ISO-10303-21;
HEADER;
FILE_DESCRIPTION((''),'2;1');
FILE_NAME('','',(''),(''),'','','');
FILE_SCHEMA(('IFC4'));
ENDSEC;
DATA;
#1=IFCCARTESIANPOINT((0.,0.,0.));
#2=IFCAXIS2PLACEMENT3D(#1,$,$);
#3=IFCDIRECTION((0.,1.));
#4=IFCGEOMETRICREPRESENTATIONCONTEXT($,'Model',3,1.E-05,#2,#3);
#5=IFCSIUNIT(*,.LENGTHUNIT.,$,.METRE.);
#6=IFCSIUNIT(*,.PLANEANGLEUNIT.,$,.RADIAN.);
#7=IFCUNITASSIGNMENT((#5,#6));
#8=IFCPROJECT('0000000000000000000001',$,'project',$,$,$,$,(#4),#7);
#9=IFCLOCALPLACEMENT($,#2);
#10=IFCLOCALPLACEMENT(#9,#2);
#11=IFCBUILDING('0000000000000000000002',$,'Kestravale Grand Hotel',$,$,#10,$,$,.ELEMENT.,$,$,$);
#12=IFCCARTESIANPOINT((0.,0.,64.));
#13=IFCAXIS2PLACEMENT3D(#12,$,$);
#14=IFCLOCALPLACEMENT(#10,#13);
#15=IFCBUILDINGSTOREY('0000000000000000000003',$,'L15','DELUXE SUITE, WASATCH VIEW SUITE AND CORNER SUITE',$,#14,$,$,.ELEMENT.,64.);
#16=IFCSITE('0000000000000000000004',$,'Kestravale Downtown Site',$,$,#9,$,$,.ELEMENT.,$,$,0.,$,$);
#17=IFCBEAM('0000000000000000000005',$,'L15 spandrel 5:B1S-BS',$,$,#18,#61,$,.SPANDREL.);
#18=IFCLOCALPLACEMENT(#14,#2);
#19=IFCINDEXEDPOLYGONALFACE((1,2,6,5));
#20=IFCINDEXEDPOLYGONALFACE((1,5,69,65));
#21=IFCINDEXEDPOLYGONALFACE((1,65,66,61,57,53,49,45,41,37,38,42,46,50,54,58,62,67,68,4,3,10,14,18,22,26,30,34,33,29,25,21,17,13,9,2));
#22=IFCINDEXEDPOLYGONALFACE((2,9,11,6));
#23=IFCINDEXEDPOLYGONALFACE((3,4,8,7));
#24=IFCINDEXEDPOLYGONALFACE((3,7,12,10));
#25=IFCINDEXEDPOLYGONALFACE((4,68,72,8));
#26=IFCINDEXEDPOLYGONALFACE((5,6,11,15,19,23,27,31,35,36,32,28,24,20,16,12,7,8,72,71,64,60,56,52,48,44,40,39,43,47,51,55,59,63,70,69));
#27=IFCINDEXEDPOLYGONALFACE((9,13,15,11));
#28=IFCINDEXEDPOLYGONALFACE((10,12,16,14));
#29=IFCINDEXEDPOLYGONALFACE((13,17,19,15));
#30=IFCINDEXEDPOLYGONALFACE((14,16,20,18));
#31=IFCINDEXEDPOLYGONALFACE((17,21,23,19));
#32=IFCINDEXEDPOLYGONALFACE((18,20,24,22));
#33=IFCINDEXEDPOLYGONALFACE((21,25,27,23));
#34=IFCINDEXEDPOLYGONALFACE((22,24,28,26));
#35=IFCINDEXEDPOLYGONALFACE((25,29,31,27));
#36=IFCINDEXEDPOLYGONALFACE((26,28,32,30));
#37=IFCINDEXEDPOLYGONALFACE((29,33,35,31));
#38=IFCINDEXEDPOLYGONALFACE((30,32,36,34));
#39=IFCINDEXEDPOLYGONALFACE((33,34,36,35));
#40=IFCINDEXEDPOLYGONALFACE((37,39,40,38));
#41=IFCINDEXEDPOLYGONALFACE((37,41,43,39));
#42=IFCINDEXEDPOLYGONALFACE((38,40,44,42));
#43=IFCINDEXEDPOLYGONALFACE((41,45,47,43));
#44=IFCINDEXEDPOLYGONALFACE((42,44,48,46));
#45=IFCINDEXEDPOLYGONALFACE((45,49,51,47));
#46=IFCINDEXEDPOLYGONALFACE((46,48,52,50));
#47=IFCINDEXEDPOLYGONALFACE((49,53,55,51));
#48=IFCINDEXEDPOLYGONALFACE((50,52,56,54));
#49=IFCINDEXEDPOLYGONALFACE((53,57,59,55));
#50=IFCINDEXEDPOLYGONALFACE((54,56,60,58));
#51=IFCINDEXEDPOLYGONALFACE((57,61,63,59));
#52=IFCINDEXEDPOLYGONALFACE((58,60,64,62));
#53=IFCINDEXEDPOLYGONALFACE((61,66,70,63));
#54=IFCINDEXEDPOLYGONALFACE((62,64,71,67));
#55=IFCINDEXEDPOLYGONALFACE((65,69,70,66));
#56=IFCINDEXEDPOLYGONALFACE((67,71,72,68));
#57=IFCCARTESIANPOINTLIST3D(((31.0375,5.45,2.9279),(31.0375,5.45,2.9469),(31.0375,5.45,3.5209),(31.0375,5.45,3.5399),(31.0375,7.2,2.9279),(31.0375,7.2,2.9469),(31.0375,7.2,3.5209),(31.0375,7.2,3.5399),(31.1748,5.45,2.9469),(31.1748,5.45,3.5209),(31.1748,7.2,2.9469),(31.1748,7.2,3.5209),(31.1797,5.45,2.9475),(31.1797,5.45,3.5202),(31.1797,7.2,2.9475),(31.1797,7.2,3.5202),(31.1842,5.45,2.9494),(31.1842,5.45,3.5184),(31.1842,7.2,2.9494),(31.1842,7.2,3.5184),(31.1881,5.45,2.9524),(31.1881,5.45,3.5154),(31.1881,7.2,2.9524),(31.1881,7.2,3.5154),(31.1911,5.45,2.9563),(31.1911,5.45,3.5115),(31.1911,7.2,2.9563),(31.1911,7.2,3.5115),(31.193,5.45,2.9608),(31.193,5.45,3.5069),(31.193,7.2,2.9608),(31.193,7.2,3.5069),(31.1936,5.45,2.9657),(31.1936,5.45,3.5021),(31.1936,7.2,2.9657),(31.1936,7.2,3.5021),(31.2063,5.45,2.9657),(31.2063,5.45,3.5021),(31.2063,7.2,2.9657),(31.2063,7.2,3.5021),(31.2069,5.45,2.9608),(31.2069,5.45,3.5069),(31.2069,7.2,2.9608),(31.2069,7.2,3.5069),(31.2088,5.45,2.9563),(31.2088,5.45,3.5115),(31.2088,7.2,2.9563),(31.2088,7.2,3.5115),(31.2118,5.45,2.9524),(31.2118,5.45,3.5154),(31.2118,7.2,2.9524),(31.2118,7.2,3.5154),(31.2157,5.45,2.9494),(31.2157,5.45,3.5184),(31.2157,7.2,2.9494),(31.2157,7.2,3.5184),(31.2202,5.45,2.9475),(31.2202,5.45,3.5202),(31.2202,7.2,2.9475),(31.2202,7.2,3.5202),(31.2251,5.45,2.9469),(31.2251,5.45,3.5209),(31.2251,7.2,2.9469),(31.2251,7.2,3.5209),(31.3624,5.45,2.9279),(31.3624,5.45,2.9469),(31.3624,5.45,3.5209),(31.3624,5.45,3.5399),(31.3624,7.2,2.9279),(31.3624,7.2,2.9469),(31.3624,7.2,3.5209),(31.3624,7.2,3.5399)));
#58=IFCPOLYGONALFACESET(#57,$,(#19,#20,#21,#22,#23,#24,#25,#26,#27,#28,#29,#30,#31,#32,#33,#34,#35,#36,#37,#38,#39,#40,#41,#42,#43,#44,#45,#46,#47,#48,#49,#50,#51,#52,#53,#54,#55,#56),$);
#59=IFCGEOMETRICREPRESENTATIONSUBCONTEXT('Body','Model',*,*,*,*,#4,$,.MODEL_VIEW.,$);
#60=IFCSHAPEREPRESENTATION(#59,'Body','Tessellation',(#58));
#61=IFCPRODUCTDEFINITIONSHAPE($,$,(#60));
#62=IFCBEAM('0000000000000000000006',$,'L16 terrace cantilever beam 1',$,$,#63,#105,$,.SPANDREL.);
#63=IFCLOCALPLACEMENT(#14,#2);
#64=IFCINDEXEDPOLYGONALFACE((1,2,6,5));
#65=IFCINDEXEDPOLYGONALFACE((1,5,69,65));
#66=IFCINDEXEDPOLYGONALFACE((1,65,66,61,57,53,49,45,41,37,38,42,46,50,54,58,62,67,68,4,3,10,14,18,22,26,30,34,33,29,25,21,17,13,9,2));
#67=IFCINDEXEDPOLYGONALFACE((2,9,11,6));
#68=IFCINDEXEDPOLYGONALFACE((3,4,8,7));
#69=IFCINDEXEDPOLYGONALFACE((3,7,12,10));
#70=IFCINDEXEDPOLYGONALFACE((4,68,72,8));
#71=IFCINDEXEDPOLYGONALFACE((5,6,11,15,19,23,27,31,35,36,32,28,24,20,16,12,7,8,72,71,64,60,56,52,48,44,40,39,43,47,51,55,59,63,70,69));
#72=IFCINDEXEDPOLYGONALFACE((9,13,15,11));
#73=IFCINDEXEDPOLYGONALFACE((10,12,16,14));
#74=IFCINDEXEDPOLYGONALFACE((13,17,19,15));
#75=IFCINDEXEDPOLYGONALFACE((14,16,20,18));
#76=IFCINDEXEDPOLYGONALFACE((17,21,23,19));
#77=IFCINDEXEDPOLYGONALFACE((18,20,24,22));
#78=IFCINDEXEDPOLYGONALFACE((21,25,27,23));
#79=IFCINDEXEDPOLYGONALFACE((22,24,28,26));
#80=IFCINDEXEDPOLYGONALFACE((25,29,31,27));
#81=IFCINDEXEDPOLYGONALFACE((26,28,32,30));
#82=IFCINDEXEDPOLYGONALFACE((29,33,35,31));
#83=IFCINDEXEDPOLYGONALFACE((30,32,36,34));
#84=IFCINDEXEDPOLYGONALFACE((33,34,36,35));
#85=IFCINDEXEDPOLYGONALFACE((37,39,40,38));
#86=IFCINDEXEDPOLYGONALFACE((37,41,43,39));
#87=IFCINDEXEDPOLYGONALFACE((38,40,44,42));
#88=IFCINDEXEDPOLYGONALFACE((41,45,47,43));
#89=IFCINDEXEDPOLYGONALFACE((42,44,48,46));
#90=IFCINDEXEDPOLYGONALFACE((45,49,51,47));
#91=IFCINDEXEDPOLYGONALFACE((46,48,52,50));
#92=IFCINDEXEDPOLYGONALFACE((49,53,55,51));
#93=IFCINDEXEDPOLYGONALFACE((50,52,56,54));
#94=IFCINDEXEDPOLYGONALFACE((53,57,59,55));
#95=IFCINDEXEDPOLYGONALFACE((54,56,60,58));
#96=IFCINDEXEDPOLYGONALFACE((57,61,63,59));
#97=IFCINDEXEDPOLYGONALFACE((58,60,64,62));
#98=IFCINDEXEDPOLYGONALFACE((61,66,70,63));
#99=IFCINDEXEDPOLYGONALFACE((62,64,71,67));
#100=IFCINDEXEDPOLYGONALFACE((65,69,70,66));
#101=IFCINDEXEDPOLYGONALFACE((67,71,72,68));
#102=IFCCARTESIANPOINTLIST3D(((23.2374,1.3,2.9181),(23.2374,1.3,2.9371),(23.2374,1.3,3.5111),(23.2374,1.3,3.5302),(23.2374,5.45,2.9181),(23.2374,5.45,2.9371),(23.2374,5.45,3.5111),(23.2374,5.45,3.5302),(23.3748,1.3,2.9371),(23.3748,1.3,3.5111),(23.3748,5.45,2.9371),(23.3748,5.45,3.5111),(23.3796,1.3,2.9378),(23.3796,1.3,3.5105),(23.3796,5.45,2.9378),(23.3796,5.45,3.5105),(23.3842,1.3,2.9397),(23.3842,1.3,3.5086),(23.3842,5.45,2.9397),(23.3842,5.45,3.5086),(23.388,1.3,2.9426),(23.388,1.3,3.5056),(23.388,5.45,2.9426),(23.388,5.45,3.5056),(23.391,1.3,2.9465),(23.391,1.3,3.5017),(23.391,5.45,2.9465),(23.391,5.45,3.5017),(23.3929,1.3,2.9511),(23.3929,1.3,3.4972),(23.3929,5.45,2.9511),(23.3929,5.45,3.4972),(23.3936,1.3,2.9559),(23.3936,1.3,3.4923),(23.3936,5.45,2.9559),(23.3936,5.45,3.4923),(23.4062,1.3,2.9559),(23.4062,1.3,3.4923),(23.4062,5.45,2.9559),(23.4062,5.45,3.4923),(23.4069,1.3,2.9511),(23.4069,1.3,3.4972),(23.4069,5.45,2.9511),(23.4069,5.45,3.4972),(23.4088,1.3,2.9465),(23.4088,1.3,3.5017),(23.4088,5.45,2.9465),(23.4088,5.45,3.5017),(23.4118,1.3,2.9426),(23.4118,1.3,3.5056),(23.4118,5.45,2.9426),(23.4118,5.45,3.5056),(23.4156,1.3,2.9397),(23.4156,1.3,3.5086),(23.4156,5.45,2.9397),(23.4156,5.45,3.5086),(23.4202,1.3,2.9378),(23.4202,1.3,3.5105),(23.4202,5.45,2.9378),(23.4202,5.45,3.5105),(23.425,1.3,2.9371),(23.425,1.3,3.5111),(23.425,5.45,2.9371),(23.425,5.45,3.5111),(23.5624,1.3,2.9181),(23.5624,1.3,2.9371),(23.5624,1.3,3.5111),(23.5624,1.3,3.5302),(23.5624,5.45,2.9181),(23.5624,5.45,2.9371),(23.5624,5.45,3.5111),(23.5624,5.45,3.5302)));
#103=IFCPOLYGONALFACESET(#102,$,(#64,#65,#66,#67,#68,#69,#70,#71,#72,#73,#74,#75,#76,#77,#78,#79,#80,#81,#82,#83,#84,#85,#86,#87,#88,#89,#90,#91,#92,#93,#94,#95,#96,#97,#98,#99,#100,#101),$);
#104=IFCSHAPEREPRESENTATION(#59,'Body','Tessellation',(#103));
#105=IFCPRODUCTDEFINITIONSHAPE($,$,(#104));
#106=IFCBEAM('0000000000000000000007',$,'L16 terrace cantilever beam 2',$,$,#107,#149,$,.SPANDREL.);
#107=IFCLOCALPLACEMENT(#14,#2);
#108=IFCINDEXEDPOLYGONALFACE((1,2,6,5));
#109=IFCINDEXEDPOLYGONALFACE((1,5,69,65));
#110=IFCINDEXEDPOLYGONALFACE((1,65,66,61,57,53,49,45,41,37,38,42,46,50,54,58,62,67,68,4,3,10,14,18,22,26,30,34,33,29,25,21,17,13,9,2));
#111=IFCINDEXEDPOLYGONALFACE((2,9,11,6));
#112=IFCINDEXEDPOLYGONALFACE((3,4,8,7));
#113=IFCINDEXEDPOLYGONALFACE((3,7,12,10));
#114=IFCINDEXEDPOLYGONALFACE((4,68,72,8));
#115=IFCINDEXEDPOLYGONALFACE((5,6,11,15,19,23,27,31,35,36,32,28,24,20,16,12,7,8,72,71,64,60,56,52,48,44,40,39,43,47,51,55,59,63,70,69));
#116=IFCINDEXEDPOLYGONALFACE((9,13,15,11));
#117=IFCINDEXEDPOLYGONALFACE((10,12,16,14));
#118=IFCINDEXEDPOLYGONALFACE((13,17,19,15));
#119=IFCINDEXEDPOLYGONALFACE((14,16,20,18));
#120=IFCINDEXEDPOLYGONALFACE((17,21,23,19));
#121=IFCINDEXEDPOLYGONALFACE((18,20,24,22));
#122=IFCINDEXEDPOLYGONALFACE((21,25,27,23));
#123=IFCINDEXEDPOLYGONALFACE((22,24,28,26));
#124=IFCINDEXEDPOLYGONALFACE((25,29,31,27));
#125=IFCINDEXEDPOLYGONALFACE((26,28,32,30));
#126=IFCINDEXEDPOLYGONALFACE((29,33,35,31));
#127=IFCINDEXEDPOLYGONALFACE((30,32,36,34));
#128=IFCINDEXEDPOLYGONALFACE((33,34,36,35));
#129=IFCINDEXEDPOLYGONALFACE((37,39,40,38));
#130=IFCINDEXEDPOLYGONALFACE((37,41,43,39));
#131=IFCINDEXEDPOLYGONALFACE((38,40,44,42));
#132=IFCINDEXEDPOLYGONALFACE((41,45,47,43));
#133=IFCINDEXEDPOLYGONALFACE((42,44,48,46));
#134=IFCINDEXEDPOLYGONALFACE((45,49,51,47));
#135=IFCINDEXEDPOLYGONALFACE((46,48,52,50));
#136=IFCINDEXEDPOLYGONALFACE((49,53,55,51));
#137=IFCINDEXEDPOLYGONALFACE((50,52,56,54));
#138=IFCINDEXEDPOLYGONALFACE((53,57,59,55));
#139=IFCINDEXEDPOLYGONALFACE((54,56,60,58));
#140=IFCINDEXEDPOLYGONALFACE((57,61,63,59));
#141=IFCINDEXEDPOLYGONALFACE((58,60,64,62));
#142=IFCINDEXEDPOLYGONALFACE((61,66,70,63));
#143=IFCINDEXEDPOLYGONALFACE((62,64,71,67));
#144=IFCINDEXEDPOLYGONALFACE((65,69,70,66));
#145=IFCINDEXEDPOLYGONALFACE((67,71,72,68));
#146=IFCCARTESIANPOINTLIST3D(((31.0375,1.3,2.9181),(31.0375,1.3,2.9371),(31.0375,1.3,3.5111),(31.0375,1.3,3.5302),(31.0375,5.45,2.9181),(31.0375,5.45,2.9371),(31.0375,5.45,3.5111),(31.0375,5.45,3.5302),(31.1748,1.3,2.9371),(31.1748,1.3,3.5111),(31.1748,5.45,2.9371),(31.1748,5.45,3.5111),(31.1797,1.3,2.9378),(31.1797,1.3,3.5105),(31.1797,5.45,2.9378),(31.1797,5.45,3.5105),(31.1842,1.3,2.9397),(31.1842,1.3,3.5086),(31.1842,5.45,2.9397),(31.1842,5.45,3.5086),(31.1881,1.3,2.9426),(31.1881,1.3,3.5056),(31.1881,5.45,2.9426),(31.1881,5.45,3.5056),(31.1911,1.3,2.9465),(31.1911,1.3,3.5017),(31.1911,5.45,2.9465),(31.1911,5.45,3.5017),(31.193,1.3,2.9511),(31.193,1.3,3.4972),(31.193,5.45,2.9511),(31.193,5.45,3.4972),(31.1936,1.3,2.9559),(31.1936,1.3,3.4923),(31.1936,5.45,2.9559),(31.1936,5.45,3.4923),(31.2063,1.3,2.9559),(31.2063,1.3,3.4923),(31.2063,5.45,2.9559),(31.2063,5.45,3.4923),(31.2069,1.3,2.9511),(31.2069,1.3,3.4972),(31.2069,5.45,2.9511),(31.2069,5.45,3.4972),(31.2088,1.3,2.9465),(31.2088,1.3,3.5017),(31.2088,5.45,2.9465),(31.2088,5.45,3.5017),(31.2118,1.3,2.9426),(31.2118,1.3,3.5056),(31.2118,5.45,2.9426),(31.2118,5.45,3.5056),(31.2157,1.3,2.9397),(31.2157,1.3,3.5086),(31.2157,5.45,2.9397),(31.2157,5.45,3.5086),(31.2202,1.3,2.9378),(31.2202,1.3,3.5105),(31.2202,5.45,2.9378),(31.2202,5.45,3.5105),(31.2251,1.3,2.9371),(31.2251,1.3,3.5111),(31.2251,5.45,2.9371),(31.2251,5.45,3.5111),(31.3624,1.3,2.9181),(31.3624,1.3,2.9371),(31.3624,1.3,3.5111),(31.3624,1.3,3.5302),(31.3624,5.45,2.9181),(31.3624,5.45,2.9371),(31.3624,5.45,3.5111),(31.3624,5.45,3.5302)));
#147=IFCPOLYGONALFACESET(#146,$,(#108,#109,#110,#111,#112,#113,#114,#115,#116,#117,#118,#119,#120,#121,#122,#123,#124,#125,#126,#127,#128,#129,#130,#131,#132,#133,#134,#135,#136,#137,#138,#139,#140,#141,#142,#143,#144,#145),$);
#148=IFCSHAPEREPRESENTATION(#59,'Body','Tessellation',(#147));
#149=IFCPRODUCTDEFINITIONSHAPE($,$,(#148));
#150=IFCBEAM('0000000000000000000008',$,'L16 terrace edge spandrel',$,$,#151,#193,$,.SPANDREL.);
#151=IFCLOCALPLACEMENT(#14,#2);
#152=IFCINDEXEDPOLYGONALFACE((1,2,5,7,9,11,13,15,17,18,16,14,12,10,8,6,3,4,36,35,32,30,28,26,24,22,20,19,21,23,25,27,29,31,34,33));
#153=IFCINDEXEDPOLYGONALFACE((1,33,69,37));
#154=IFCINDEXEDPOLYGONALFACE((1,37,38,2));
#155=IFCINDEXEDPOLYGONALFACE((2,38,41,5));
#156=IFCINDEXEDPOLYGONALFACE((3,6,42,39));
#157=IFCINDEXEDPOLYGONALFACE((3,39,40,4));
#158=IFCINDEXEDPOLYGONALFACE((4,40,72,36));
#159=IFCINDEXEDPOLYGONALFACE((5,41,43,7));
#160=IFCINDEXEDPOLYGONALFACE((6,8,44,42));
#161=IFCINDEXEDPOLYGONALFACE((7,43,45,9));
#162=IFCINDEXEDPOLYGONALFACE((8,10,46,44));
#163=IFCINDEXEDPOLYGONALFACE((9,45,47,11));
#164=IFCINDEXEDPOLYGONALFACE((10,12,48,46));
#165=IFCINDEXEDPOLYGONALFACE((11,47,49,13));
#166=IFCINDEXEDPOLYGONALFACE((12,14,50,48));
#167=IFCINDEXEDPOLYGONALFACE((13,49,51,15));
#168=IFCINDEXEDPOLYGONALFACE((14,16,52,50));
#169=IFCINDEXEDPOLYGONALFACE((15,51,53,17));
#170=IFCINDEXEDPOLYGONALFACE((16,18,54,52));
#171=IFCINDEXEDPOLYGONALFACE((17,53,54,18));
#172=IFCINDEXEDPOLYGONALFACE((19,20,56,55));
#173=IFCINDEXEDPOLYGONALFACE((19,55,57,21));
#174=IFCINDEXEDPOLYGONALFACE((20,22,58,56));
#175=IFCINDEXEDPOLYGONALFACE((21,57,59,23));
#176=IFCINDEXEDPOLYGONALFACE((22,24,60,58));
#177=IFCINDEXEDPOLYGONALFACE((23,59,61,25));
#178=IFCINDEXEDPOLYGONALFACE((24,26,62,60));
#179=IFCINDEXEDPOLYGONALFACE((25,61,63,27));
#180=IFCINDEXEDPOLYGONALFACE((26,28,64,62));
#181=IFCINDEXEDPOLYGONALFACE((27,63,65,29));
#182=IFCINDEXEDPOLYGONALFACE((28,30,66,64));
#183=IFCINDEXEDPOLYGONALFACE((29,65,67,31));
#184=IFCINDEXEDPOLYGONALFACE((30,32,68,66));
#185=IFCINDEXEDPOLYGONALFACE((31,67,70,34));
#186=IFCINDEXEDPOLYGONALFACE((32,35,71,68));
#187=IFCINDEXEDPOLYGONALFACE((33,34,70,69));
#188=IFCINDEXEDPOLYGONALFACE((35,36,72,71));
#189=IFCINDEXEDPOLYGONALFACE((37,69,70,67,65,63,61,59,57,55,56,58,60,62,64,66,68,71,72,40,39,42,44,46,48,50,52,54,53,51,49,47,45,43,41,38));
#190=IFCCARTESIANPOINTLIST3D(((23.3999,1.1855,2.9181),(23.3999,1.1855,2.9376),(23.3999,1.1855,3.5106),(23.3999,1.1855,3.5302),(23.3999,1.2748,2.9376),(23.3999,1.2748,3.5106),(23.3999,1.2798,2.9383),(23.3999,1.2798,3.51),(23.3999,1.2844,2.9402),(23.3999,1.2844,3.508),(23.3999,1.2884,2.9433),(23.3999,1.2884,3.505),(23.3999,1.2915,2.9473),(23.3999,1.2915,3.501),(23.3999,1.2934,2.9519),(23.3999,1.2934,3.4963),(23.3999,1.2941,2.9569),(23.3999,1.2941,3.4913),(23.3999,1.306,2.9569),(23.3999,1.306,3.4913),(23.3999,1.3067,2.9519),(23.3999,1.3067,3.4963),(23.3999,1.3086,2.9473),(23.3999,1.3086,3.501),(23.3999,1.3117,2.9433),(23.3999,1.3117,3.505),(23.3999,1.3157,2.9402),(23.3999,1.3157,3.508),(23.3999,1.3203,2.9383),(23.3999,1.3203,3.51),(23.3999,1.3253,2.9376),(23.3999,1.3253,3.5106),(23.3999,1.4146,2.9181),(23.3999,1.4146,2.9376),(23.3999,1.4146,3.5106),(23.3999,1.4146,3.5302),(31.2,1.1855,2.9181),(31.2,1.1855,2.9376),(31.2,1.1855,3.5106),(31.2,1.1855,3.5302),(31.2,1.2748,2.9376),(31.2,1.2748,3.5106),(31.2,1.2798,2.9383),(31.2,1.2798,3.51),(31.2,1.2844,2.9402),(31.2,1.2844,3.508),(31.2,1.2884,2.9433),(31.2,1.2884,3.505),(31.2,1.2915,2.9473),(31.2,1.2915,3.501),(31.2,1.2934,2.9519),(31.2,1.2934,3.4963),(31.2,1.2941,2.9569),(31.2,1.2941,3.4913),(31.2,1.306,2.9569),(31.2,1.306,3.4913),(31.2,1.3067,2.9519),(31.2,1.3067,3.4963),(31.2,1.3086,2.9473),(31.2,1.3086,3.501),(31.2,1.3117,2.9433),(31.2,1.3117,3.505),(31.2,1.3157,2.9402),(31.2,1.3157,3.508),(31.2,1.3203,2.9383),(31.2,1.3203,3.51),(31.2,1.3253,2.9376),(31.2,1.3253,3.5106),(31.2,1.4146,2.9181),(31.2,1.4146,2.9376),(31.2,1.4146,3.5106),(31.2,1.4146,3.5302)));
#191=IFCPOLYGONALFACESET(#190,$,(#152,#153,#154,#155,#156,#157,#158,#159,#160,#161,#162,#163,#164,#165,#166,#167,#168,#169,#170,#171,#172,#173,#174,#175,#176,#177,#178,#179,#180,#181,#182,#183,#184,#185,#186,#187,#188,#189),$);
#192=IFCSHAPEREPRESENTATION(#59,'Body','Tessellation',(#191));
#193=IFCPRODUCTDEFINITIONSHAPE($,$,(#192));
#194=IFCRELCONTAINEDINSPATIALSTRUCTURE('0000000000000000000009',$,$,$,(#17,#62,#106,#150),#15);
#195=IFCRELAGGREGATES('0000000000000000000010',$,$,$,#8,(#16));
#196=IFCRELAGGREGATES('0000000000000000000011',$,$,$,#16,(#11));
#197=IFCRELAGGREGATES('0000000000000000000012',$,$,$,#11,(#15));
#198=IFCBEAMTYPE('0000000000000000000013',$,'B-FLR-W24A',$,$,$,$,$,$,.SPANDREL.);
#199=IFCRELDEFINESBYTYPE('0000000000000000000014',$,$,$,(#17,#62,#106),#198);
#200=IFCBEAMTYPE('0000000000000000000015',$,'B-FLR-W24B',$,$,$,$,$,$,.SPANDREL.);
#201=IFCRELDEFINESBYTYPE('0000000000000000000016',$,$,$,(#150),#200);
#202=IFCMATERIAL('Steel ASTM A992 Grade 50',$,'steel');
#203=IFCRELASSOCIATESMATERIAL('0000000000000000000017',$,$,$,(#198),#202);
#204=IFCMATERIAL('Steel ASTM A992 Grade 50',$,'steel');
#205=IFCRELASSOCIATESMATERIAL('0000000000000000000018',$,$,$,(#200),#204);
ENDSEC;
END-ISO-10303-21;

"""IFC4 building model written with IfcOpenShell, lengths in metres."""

from ifc_helpers import new_model, si_unit, direction, frame, origin, origin_2d, place, context, subcontext, project, spatial, i_section, extrude, material, material_profile, profile_set, type_object, element, save


model = new_model("IFC4")

# Units and contexts
model_context = context("Model", 3, precision=1e-05, world=origin(), true_north=direction((0.0, 1.0)))
body_context = subcontext(model_context, "Body", "Model", "MODEL_VIEW")
ifc_project = project(units=[si_unit("LENGTHUNIT", "METRE"), si_unit("PLANEANGLEUNIT", "RADIAN")], contexts=[model_context])

# Site, building, storey
site_placement = place(None, origin())
site = spatial("IfcSite", under=ifc_project, at=site_placement, Name="Kestravale Downtown Site", CompositionType="ELEMENT", RefElevation=0.0)
building_placement = place(site_placement, origin())
building = spatial("IfcBuilding", under=site, at=building_placement, Name="Kestravale Grand Hotel", CompositionType="ELEMENT")
storey_placement = place(building_placement, frame((0.0, 0.0, 64.0)))
storey = spatial("IfcBuildingStorey", under=building, at=storey_placement, Name="L15", Description="DELUXE SUITE, WASATCH VIEW SUITE AND CORNER SUITE", CompositionType="ELEMENT", Elevation=64.0)

# Beams
ifc_material_1 = material(Name="Steel ASTM A992 Grade 50", Category="steel")
ifc_material_profile_1 = material_profile(ifc_material_1, i_section(OverallWidth=0.325, OverallDepth=0.6121, WebThickness=0.0127, FlangeThickness=0.019, FilletRadius=0.0188, at=origin_2d()))
ifc_profile_set_1 = profile_set([ifc_material_profile_1], Name="Steel ASTM A992 Grade 50")
beam_type_1 = type_object("IfcBeamType", Name="B-FLR-W24A", PredefinedType="SPANDREL", material=ifc_profile_set_1)
for number, where, z_axis, x_axis, name in (
    (1, (31.2, 5.45, 3.2339), (0.0, 1.0, 0.0), (-1.0, 0.0, 0.0), "L15 spandrel 5:B1S-BS"),
):
    element("IfcBeam", number, at=place(storey_placement, frame(where, z_axis=z_axis, x_axis=x_axis)), inside=storey, type_object=beam_type_1, Name=name, PredefinedType="SPANDREL", context=body_context, shape_type="SweptSolid", body=[
        extrude(i_section(OverallWidth=0.325, OverallDepth=0.6121, WebThickness=0.0127, FlangeThickness=0.019, FilletRadius=0.0188, at=origin_2d()), origin(), (0.0, 0.0, 1.0), 1.75),
    ])
for number, where, z_axis, x_axis, name in (
    (2, (23.3999, 5.45, 3.2241), (0.0, -1.0, 0.0), (1.0, 0.0, 0.0), "L16 terrace cantilever beam 1"),
    (3, (31.2, 5.45, 3.2241), (0.0, -1.0, 0.0), (1.0, 0.0, 0.0), "L16 terrace cantilever beam 2"),
):
    element("IfcBeam", number, at=place(storey_placement, frame(where, z_axis=z_axis, x_axis=x_axis)), inside=storey, type_object=beam_type_1, Name=name, PredefinedType="SPANDREL", context=body_context, shape_type="SweptSolid", body=[
        extrude(i_section(OverallWidth=0.325, OverallDepth=0.6121, WebThickness=0.0127, FlangeThickness=0.019, FilletRadius=0.0188, at=origin_2d()), origin(), (0.0, 0.0, 1.0), 4.1499),
    ])
ifc_material_2 = material(Name="Steel ASTM A992 Grade 50", Category="steel")
ifc_material_profile_2 = material_profile(ifc_material_2, i_section(OverallWidth=0.229, OverallDepth=0.6121, WebThickness=0.012, FlangeThickness=0.0195, FilletRadius=0.0193, at=origin_2d()))
ifc_profile_set_2 = profile_set([ifc_material_profile_2], Name="Steel ASTM A992 Grade 50")
beam_type_2 = type_object("IfcBeamType", Name="B-FLR-W24B", PredefinedType="SPANDREL", material=ifc_profile_set_2)
beam_1_placement = place(storey_placement, frame((23.3999, 1.3, 3.2241), z_axis=(1.0, 0.0, 0.0), x_axis=(0.0, 1.0, 0.0)))
element("IfcBeam", 4, at=beam_1_placement, inside=storey, type_object=beam_type_2, Name="L16 terrace edge spandrel", PredefinedType="SPANDREL", context=body_context, shape_type="SweptSolid", body=[
    extrude(i_section(OverallWidth=0.229, OverallDepth=0.6121, WebThickness=0.012, FlangeThickness=0.0195, FilletRadius=0.0193, at=origin_2d()), origin(), (0.0, 0.0, 1.0), 7.8),
])

save(model, "model.ifc")
